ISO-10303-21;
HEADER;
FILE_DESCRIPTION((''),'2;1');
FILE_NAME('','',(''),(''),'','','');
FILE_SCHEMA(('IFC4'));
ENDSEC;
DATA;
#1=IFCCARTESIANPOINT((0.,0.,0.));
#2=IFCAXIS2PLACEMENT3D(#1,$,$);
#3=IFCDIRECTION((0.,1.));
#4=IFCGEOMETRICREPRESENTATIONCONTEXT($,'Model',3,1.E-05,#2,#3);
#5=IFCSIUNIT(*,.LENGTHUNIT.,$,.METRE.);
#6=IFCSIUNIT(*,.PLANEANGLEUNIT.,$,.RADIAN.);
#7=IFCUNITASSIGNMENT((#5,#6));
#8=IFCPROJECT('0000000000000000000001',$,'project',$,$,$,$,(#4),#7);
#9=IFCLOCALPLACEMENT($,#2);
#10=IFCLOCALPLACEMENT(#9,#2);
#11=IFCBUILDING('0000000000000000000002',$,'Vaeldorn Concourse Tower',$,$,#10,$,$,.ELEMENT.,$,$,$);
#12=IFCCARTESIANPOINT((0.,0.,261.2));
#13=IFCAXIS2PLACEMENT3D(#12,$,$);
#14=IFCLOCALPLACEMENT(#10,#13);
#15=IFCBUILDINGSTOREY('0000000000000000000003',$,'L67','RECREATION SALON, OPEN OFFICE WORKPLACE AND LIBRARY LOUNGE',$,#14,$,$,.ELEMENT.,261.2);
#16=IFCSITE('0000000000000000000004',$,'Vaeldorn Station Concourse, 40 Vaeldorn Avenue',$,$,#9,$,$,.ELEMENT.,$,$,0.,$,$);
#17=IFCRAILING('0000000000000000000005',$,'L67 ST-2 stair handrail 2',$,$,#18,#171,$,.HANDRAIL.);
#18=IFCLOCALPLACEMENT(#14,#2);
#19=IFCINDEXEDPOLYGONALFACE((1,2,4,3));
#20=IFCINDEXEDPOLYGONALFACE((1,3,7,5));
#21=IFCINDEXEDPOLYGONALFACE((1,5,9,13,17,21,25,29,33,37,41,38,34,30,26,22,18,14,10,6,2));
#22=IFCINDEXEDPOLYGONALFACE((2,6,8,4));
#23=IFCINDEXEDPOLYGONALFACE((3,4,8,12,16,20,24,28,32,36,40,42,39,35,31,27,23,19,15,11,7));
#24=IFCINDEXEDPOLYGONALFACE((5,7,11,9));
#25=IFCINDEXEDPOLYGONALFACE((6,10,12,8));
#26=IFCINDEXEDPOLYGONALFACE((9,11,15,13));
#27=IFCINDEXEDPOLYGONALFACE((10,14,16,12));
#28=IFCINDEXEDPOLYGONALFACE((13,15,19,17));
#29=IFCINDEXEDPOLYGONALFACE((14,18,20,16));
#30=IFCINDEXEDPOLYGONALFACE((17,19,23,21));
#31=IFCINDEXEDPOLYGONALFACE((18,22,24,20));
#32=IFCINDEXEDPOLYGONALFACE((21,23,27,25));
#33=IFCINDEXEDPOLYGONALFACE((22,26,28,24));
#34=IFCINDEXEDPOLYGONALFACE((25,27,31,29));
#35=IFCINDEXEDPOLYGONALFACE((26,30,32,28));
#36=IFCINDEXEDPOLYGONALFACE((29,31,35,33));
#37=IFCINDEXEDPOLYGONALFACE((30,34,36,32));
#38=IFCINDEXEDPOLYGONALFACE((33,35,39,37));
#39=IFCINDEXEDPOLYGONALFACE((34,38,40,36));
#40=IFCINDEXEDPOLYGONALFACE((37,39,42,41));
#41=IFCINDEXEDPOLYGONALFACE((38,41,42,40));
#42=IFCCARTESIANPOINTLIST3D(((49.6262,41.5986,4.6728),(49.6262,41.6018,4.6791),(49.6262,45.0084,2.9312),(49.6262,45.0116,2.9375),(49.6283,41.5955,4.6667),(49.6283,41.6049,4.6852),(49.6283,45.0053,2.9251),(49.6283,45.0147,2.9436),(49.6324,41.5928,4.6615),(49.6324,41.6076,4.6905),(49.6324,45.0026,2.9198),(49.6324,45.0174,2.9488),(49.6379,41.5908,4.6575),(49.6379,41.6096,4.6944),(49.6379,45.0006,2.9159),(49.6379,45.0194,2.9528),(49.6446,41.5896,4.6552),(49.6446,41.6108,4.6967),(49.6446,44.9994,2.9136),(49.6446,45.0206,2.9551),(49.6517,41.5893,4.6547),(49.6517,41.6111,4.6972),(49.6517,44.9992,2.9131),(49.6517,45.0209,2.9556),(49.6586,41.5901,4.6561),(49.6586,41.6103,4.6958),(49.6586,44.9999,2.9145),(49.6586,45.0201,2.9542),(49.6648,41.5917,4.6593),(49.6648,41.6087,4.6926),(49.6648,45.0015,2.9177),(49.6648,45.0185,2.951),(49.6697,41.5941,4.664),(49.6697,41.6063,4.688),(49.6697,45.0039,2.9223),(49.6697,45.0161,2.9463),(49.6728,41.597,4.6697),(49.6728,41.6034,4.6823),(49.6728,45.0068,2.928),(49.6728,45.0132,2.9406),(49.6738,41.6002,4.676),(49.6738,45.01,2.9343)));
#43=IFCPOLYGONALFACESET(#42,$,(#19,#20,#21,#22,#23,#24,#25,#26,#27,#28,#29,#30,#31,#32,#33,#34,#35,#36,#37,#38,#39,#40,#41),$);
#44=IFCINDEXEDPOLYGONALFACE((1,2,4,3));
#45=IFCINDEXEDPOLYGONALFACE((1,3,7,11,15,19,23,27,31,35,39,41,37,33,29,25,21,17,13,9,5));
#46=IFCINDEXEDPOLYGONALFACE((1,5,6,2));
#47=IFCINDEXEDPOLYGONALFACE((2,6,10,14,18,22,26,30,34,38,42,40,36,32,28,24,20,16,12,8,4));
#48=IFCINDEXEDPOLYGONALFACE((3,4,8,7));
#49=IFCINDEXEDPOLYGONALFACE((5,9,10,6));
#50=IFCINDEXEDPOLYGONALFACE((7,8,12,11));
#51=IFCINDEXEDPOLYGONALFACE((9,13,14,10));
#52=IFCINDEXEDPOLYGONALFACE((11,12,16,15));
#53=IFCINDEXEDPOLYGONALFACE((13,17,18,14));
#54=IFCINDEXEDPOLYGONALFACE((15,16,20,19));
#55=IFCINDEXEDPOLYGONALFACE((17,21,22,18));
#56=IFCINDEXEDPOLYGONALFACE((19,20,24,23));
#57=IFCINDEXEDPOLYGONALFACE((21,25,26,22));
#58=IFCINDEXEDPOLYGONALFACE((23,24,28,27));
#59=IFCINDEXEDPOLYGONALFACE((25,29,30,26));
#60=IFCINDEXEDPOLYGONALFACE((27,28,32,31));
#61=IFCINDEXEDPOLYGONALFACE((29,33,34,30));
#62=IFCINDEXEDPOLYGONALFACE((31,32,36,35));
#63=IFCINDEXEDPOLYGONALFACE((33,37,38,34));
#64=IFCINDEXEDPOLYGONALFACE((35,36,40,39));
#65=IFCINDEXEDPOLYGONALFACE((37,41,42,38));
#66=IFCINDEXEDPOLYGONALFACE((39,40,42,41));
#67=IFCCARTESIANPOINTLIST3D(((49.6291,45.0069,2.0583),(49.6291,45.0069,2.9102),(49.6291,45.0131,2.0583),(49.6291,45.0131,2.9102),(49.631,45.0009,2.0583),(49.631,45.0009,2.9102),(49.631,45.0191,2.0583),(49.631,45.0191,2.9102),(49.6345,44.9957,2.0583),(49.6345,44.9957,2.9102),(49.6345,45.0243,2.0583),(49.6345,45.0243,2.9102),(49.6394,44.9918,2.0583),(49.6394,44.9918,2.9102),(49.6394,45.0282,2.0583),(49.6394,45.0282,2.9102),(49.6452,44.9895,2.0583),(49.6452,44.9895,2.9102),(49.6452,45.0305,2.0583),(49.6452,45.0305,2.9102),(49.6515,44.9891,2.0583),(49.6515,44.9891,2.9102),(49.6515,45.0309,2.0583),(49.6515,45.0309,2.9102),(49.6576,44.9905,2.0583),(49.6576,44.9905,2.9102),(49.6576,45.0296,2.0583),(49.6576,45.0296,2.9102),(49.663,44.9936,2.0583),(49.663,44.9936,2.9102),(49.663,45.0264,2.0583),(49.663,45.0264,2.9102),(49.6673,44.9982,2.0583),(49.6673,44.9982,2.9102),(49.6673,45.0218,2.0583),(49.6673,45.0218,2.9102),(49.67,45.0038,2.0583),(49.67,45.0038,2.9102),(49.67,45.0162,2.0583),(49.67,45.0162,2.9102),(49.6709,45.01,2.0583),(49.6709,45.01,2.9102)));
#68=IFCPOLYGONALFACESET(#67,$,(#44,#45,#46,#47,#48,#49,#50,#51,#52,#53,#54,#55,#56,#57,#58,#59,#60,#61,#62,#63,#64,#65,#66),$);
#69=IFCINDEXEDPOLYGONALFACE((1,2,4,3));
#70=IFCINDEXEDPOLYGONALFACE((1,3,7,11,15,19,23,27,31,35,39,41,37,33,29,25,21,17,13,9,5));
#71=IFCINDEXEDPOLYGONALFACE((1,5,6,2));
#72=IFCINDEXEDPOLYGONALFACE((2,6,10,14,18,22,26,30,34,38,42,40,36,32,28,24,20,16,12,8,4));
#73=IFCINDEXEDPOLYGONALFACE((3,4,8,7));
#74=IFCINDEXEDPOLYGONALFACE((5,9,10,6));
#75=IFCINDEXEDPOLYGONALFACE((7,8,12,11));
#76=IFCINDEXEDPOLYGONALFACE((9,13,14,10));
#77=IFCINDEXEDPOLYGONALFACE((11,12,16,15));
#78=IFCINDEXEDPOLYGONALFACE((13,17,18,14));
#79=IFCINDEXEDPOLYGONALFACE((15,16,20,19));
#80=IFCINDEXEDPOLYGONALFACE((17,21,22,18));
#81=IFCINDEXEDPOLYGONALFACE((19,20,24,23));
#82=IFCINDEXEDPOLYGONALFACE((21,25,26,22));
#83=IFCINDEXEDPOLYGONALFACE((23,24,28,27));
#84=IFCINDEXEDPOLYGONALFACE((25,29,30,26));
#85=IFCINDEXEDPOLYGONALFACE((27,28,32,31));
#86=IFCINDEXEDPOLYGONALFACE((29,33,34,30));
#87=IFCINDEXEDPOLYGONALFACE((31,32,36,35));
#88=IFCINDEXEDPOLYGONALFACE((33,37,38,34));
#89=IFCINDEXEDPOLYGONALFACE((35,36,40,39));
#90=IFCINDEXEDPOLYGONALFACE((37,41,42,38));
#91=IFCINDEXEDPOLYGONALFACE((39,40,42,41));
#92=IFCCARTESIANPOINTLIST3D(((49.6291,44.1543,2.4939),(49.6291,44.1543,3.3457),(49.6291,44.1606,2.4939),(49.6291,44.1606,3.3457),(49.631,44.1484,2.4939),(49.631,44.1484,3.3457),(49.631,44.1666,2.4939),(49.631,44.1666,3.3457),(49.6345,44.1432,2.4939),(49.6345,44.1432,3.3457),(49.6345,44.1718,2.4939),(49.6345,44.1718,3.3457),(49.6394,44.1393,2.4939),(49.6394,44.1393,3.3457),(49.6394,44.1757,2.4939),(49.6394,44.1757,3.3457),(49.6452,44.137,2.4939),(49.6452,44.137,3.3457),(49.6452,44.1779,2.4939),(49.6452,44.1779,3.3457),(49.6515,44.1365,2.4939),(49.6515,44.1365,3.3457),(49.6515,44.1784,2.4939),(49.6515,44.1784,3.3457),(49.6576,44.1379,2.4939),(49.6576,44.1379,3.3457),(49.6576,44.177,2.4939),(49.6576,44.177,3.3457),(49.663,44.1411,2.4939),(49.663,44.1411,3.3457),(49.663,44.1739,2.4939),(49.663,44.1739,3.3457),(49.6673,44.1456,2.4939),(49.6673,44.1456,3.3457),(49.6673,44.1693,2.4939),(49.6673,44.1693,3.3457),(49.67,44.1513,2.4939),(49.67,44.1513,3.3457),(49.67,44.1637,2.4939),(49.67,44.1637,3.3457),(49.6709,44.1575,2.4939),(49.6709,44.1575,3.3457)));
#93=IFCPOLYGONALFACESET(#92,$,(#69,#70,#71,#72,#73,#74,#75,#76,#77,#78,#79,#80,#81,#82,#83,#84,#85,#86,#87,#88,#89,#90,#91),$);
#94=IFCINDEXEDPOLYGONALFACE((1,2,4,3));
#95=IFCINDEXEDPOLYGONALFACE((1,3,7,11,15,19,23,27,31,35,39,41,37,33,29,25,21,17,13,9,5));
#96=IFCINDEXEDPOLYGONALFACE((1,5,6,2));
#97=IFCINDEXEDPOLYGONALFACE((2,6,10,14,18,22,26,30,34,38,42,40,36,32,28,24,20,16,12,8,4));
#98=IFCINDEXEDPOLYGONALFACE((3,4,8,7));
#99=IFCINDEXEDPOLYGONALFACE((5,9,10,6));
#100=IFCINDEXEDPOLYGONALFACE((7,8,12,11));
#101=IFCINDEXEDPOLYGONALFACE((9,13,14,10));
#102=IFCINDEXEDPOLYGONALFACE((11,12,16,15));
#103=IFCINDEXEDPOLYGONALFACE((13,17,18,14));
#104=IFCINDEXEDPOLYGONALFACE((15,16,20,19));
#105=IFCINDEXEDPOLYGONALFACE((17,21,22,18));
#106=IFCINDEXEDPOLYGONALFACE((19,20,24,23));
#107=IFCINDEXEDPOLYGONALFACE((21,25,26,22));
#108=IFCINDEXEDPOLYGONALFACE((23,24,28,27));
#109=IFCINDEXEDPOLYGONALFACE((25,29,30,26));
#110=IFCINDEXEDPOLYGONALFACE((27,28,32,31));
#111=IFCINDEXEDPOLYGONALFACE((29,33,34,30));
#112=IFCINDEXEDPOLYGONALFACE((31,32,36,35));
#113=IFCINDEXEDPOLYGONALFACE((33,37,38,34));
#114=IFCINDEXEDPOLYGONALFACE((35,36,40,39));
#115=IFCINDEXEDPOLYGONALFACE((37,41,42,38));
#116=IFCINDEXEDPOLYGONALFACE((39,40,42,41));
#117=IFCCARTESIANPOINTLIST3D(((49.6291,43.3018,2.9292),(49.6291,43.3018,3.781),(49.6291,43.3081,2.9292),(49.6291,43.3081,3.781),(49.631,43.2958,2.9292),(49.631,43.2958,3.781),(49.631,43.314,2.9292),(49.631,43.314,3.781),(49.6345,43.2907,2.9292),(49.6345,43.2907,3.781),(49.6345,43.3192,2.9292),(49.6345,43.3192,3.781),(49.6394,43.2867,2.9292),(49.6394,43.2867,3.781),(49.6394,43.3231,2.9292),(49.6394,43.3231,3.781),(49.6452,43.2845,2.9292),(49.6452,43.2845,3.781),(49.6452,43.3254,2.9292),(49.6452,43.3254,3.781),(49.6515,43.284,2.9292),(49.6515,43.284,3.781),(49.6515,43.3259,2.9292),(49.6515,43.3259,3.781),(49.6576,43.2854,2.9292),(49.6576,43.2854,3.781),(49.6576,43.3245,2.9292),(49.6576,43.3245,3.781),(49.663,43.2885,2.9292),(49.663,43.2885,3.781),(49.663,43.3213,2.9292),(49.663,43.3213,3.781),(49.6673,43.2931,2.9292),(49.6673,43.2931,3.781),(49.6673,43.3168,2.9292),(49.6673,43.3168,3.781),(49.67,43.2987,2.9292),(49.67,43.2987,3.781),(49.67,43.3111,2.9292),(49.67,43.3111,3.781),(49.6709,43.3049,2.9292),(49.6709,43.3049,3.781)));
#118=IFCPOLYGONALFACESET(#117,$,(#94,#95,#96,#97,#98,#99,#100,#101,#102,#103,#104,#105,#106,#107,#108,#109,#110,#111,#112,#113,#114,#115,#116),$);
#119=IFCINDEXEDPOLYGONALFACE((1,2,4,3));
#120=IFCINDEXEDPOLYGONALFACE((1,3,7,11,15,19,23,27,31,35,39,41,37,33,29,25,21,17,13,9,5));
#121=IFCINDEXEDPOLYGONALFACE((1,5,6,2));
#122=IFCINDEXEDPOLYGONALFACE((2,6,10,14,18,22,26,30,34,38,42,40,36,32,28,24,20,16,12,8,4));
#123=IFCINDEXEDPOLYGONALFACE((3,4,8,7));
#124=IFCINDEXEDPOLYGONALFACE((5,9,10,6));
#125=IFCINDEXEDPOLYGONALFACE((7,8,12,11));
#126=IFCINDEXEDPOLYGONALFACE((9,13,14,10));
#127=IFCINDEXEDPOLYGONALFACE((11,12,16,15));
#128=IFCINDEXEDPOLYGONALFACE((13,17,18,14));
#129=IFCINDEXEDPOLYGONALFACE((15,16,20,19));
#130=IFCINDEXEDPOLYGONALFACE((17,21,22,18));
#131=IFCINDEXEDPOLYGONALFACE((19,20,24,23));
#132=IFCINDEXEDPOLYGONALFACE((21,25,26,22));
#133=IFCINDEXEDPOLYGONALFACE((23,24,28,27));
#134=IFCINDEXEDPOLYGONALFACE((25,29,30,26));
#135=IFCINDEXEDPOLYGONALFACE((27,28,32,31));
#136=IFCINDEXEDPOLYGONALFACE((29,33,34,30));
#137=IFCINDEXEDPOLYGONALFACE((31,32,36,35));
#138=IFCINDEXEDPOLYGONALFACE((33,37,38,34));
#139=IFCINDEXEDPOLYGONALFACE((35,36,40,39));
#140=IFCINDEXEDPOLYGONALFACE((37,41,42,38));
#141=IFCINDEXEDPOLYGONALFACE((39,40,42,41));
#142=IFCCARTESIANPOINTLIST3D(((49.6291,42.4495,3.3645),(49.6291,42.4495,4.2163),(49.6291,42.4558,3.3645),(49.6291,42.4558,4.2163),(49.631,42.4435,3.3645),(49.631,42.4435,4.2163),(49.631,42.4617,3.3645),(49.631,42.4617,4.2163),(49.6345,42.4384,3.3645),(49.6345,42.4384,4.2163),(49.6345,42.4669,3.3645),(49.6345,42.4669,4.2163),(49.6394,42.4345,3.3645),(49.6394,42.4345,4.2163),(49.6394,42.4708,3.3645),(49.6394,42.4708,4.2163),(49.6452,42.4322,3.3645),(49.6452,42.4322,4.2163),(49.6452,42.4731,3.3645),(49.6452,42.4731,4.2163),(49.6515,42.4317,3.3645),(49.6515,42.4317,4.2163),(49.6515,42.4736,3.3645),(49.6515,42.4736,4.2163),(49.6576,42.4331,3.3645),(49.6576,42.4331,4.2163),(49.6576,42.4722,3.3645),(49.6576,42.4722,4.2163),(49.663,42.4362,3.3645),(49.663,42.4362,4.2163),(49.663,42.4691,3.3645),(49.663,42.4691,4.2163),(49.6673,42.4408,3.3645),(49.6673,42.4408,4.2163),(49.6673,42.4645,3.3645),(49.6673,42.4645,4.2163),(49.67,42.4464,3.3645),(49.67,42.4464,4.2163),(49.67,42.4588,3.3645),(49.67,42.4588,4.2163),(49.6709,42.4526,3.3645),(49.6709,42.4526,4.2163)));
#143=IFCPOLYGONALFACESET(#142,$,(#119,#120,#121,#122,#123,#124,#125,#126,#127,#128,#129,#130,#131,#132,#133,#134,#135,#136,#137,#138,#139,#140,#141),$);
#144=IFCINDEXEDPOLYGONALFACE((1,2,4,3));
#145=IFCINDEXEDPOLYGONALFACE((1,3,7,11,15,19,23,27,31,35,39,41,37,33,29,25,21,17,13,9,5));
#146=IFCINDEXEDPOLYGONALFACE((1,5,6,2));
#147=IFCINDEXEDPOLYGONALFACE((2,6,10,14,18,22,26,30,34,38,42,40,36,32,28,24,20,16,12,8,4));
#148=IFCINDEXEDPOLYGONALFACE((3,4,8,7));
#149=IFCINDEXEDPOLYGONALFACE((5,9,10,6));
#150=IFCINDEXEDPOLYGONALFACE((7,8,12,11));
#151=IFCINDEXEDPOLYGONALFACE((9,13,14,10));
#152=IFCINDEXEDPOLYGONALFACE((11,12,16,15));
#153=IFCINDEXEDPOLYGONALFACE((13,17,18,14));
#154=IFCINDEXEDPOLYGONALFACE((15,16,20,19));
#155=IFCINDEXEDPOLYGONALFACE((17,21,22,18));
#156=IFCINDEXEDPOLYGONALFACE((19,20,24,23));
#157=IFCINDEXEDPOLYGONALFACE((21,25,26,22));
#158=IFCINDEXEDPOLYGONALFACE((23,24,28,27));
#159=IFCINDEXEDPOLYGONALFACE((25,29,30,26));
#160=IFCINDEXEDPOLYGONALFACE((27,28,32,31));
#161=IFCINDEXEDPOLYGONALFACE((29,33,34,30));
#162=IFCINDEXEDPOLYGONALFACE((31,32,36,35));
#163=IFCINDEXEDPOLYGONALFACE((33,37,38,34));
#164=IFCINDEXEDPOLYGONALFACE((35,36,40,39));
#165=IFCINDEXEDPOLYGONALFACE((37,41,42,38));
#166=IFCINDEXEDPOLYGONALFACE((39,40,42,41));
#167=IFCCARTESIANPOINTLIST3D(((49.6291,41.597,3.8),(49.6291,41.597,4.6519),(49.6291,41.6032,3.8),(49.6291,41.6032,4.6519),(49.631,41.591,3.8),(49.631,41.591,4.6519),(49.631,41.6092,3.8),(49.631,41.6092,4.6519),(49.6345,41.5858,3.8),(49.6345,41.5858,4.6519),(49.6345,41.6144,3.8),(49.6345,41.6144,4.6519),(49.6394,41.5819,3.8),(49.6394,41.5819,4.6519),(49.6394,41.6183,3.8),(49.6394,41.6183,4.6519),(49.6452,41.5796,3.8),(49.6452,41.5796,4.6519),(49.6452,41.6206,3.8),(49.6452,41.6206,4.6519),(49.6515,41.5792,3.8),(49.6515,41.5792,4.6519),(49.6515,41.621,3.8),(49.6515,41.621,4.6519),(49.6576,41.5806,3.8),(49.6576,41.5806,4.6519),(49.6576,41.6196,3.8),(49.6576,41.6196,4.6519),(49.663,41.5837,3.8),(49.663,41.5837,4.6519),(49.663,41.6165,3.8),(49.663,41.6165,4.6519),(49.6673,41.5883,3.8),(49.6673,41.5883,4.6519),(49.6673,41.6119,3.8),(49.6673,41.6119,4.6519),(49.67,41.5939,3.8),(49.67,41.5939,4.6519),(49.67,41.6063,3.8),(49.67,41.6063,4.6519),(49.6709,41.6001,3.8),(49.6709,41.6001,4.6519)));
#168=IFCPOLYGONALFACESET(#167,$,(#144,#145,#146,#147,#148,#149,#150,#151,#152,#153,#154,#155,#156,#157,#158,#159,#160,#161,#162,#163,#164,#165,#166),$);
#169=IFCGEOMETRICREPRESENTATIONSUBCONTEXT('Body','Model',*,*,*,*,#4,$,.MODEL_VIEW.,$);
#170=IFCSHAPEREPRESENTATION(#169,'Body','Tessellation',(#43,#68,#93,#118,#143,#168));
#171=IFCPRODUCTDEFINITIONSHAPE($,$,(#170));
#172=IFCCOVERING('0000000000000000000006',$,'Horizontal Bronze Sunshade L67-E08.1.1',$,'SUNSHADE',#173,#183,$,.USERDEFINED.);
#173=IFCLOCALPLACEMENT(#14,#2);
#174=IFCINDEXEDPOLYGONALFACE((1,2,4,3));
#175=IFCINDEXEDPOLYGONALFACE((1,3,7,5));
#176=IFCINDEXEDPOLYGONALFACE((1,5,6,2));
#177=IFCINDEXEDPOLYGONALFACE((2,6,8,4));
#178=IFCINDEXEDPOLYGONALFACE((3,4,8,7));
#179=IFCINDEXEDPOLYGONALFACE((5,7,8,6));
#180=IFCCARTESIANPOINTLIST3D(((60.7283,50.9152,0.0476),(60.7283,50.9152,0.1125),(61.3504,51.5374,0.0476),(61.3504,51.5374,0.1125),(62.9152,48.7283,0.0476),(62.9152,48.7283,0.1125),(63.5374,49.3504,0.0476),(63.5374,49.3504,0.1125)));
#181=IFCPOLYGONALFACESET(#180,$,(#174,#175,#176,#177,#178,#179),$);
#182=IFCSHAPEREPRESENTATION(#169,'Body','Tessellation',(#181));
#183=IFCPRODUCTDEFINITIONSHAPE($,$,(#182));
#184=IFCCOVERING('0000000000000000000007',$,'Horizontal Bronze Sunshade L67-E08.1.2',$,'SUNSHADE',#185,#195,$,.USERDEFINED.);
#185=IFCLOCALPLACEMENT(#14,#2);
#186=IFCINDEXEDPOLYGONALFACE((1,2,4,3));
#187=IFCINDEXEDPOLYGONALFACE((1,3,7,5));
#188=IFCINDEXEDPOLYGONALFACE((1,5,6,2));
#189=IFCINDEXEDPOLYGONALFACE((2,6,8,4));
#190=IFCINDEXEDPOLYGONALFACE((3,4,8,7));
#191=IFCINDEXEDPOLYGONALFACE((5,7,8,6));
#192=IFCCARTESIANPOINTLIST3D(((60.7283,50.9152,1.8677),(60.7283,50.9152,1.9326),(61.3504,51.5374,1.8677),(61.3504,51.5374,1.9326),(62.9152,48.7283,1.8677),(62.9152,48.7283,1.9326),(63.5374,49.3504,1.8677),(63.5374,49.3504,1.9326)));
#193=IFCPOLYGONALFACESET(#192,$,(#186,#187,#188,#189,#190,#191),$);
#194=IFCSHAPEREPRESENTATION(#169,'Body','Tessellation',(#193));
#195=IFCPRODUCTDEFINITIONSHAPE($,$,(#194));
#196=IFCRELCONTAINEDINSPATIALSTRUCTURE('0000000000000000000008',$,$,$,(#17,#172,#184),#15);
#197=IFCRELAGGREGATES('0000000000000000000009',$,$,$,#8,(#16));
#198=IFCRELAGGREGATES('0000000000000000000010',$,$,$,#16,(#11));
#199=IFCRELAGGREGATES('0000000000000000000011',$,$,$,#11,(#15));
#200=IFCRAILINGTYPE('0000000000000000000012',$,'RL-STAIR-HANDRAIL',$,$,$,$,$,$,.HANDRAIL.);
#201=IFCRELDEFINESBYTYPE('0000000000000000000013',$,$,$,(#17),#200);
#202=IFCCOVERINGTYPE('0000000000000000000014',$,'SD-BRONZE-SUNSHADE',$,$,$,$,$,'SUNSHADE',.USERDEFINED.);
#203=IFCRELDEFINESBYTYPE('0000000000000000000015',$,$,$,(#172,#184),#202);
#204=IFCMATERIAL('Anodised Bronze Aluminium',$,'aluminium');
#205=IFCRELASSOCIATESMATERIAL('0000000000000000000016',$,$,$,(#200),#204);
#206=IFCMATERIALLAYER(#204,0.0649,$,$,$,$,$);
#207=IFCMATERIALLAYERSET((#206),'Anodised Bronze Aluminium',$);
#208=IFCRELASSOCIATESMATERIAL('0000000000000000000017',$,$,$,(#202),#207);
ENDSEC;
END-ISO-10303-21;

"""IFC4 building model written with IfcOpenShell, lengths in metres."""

from ifc_helpers import new_model, si_unit, direction, frame, origin, origin_2d, place, context, subcontext, project, spatial, rectangle, circle, extrude, source, transform, mapped, material, layer, layer_set, type_object, element, save


model = new_model("IFC4")

# Units and contexts
model_context = context("Model", 3, precision=1e-05, world=origin(), true_north=direction((0.0, 1.0)))
body_context = subcontext(model_context, "Body", "Model", "MODEL_VIEW")
ifc_project = project(units=[si_unit("LENGTHUNIT", "METRE"), si_unit("PLANEANGLEUNIT", "RADIAN")], contexts=[model_context])

# Site, building, storey
site_placement = place(None, origin())
site = spatial("IfcSite", under=ifc_project, at=site_placement, Name="Vaeldorn Station Concourse, 40 Vaeldorn Avenue", CompositionType="ELEMENT", RefElevation=0.0)
building_placement = place(site_placement, origin())
building = spatial("IfcBuilding", under=site, at=building_placement, Name="Vaeldorn Concourse Tower", CompositionType="ELEMENT")
storey_placement = place(building_placement, frame((0.0, 0.0, 261.2)))
storey = spatial("IfcBuildingStorey", under=building, at=storey_placement, Name="L67", Description="RECREATION SALON, OPEN OFFICE WORKPLACE AND LIBRARY LOUNGE", CompositionType="ELEMENT", Elevation=261.2)

# Shared definitions
ifc_material_1 = material(Name="Anodised Bronze Aluminium", Category="aluminium")

# Railing
railing_type_1 = type_object("IfcRailingType", Name="RL-STAIR-HANDRAIL", PredefinedType="HANDRAIL", material=ifc_material_1)
railing_1_placement = place(storey_placement, frame((49.6499, 45.01, 2.0583)))
element("IfcRailing", 1, at=railing_1_placement, inside=storey, type_object=railing_type_1, Name="L67 ST-2 stair handrail 2", PredefinedType="HANDRAIL", context=body_context, shape_type="SweptSolid", body=[
    extrude(circle(Radius=0.0239, at=origin_2d()), frame((0.0, 0.0, 0.876), z_axis=(0.0, -0.890556, 0.454874), x_axis=(1.0, 0.0, 0.0)), (0.0, 0.0, 1.0), 3.8289),
    extrude(circle(Radius=0.021, at=origin_2d()), origin(), (0.0, 0.0, 1.0), 0.8518),
    extrude(circle(Radius=0.021, at=origin_2d()), frame((0.0, -0.8525, 0.4355)), (0.0, 0.0, 1.0), 0.8518),
    extrude(circle(Radius=0.021, at=origin_2d()), frame((0.0, -1.7051, 0.8708)), (0.0, 0.0, 1.0), 0.8518),
    extrude(circle(Radius=0.021, at=origin_2d()), frame((0.0, -2.5574, 1.3062)), (0.0, 0.0, 1.0), 0.8518),
    extrude(circle(Radius=0.021, at=origin_2d()), frame((0.0, -3.4099, 1.7417)), (0.0, 0.0, 1.0), 0.8518),
])

# Coverings
ifc_layer_1 = layer(ifc_material_1, 0.0649)
ifc_layer_set_1 = layer_set([ifc_layer_1], Name="Anodised Bronze Aluminium")
covering_type = type_object("IfcCoveringType", Name="SD-BRONZE-SUNSHADE", ElementType="SUNSHADE", PredefinedType="USERDEFINED", material=ifc_layer_set_1)
shared_shape_1 = source(origin(), body_context, "Body", "SweptSolid", [
    extrude(rectangle(XDim=3.0928, YDim=0.8799, at=origin_2d()), origin(), (0.0, 0.0, 1.0), 0.0649),
])
for number, where, z_axis, x_axis, name in (
    (2, (62.1328, 50.1328, 0.0476), (0.0, 0.0, 1.0), (-0.707107, 0.707107, 0.0), "Horizontal Bronze Sunshade L67-E08.1.1"),
    (3, (62.1328, 50.1328, 1.8677), (0.0, 0.0, 1.0), (-0.707107, 0.707107, 0.0), "Horizontal Bronze Sunshade L67-E08.1.2"),
):
    element("IfcCovering", number, at=place(storey_placement, frame(where, z_axis=z_axis, x_axis=x_axis)), inside=storey, type_object=covering_type, Name=name, ObjectType="SUNSHADE", PredefinedType="USERDEFINED", context=body_context, shape_type="MappedRepresentation", body=[
        mapped(shared_shape_1, transform((0.0, 0.0, 0.0), scale=1.0)),
    ])

save(model, "model.ifc")
